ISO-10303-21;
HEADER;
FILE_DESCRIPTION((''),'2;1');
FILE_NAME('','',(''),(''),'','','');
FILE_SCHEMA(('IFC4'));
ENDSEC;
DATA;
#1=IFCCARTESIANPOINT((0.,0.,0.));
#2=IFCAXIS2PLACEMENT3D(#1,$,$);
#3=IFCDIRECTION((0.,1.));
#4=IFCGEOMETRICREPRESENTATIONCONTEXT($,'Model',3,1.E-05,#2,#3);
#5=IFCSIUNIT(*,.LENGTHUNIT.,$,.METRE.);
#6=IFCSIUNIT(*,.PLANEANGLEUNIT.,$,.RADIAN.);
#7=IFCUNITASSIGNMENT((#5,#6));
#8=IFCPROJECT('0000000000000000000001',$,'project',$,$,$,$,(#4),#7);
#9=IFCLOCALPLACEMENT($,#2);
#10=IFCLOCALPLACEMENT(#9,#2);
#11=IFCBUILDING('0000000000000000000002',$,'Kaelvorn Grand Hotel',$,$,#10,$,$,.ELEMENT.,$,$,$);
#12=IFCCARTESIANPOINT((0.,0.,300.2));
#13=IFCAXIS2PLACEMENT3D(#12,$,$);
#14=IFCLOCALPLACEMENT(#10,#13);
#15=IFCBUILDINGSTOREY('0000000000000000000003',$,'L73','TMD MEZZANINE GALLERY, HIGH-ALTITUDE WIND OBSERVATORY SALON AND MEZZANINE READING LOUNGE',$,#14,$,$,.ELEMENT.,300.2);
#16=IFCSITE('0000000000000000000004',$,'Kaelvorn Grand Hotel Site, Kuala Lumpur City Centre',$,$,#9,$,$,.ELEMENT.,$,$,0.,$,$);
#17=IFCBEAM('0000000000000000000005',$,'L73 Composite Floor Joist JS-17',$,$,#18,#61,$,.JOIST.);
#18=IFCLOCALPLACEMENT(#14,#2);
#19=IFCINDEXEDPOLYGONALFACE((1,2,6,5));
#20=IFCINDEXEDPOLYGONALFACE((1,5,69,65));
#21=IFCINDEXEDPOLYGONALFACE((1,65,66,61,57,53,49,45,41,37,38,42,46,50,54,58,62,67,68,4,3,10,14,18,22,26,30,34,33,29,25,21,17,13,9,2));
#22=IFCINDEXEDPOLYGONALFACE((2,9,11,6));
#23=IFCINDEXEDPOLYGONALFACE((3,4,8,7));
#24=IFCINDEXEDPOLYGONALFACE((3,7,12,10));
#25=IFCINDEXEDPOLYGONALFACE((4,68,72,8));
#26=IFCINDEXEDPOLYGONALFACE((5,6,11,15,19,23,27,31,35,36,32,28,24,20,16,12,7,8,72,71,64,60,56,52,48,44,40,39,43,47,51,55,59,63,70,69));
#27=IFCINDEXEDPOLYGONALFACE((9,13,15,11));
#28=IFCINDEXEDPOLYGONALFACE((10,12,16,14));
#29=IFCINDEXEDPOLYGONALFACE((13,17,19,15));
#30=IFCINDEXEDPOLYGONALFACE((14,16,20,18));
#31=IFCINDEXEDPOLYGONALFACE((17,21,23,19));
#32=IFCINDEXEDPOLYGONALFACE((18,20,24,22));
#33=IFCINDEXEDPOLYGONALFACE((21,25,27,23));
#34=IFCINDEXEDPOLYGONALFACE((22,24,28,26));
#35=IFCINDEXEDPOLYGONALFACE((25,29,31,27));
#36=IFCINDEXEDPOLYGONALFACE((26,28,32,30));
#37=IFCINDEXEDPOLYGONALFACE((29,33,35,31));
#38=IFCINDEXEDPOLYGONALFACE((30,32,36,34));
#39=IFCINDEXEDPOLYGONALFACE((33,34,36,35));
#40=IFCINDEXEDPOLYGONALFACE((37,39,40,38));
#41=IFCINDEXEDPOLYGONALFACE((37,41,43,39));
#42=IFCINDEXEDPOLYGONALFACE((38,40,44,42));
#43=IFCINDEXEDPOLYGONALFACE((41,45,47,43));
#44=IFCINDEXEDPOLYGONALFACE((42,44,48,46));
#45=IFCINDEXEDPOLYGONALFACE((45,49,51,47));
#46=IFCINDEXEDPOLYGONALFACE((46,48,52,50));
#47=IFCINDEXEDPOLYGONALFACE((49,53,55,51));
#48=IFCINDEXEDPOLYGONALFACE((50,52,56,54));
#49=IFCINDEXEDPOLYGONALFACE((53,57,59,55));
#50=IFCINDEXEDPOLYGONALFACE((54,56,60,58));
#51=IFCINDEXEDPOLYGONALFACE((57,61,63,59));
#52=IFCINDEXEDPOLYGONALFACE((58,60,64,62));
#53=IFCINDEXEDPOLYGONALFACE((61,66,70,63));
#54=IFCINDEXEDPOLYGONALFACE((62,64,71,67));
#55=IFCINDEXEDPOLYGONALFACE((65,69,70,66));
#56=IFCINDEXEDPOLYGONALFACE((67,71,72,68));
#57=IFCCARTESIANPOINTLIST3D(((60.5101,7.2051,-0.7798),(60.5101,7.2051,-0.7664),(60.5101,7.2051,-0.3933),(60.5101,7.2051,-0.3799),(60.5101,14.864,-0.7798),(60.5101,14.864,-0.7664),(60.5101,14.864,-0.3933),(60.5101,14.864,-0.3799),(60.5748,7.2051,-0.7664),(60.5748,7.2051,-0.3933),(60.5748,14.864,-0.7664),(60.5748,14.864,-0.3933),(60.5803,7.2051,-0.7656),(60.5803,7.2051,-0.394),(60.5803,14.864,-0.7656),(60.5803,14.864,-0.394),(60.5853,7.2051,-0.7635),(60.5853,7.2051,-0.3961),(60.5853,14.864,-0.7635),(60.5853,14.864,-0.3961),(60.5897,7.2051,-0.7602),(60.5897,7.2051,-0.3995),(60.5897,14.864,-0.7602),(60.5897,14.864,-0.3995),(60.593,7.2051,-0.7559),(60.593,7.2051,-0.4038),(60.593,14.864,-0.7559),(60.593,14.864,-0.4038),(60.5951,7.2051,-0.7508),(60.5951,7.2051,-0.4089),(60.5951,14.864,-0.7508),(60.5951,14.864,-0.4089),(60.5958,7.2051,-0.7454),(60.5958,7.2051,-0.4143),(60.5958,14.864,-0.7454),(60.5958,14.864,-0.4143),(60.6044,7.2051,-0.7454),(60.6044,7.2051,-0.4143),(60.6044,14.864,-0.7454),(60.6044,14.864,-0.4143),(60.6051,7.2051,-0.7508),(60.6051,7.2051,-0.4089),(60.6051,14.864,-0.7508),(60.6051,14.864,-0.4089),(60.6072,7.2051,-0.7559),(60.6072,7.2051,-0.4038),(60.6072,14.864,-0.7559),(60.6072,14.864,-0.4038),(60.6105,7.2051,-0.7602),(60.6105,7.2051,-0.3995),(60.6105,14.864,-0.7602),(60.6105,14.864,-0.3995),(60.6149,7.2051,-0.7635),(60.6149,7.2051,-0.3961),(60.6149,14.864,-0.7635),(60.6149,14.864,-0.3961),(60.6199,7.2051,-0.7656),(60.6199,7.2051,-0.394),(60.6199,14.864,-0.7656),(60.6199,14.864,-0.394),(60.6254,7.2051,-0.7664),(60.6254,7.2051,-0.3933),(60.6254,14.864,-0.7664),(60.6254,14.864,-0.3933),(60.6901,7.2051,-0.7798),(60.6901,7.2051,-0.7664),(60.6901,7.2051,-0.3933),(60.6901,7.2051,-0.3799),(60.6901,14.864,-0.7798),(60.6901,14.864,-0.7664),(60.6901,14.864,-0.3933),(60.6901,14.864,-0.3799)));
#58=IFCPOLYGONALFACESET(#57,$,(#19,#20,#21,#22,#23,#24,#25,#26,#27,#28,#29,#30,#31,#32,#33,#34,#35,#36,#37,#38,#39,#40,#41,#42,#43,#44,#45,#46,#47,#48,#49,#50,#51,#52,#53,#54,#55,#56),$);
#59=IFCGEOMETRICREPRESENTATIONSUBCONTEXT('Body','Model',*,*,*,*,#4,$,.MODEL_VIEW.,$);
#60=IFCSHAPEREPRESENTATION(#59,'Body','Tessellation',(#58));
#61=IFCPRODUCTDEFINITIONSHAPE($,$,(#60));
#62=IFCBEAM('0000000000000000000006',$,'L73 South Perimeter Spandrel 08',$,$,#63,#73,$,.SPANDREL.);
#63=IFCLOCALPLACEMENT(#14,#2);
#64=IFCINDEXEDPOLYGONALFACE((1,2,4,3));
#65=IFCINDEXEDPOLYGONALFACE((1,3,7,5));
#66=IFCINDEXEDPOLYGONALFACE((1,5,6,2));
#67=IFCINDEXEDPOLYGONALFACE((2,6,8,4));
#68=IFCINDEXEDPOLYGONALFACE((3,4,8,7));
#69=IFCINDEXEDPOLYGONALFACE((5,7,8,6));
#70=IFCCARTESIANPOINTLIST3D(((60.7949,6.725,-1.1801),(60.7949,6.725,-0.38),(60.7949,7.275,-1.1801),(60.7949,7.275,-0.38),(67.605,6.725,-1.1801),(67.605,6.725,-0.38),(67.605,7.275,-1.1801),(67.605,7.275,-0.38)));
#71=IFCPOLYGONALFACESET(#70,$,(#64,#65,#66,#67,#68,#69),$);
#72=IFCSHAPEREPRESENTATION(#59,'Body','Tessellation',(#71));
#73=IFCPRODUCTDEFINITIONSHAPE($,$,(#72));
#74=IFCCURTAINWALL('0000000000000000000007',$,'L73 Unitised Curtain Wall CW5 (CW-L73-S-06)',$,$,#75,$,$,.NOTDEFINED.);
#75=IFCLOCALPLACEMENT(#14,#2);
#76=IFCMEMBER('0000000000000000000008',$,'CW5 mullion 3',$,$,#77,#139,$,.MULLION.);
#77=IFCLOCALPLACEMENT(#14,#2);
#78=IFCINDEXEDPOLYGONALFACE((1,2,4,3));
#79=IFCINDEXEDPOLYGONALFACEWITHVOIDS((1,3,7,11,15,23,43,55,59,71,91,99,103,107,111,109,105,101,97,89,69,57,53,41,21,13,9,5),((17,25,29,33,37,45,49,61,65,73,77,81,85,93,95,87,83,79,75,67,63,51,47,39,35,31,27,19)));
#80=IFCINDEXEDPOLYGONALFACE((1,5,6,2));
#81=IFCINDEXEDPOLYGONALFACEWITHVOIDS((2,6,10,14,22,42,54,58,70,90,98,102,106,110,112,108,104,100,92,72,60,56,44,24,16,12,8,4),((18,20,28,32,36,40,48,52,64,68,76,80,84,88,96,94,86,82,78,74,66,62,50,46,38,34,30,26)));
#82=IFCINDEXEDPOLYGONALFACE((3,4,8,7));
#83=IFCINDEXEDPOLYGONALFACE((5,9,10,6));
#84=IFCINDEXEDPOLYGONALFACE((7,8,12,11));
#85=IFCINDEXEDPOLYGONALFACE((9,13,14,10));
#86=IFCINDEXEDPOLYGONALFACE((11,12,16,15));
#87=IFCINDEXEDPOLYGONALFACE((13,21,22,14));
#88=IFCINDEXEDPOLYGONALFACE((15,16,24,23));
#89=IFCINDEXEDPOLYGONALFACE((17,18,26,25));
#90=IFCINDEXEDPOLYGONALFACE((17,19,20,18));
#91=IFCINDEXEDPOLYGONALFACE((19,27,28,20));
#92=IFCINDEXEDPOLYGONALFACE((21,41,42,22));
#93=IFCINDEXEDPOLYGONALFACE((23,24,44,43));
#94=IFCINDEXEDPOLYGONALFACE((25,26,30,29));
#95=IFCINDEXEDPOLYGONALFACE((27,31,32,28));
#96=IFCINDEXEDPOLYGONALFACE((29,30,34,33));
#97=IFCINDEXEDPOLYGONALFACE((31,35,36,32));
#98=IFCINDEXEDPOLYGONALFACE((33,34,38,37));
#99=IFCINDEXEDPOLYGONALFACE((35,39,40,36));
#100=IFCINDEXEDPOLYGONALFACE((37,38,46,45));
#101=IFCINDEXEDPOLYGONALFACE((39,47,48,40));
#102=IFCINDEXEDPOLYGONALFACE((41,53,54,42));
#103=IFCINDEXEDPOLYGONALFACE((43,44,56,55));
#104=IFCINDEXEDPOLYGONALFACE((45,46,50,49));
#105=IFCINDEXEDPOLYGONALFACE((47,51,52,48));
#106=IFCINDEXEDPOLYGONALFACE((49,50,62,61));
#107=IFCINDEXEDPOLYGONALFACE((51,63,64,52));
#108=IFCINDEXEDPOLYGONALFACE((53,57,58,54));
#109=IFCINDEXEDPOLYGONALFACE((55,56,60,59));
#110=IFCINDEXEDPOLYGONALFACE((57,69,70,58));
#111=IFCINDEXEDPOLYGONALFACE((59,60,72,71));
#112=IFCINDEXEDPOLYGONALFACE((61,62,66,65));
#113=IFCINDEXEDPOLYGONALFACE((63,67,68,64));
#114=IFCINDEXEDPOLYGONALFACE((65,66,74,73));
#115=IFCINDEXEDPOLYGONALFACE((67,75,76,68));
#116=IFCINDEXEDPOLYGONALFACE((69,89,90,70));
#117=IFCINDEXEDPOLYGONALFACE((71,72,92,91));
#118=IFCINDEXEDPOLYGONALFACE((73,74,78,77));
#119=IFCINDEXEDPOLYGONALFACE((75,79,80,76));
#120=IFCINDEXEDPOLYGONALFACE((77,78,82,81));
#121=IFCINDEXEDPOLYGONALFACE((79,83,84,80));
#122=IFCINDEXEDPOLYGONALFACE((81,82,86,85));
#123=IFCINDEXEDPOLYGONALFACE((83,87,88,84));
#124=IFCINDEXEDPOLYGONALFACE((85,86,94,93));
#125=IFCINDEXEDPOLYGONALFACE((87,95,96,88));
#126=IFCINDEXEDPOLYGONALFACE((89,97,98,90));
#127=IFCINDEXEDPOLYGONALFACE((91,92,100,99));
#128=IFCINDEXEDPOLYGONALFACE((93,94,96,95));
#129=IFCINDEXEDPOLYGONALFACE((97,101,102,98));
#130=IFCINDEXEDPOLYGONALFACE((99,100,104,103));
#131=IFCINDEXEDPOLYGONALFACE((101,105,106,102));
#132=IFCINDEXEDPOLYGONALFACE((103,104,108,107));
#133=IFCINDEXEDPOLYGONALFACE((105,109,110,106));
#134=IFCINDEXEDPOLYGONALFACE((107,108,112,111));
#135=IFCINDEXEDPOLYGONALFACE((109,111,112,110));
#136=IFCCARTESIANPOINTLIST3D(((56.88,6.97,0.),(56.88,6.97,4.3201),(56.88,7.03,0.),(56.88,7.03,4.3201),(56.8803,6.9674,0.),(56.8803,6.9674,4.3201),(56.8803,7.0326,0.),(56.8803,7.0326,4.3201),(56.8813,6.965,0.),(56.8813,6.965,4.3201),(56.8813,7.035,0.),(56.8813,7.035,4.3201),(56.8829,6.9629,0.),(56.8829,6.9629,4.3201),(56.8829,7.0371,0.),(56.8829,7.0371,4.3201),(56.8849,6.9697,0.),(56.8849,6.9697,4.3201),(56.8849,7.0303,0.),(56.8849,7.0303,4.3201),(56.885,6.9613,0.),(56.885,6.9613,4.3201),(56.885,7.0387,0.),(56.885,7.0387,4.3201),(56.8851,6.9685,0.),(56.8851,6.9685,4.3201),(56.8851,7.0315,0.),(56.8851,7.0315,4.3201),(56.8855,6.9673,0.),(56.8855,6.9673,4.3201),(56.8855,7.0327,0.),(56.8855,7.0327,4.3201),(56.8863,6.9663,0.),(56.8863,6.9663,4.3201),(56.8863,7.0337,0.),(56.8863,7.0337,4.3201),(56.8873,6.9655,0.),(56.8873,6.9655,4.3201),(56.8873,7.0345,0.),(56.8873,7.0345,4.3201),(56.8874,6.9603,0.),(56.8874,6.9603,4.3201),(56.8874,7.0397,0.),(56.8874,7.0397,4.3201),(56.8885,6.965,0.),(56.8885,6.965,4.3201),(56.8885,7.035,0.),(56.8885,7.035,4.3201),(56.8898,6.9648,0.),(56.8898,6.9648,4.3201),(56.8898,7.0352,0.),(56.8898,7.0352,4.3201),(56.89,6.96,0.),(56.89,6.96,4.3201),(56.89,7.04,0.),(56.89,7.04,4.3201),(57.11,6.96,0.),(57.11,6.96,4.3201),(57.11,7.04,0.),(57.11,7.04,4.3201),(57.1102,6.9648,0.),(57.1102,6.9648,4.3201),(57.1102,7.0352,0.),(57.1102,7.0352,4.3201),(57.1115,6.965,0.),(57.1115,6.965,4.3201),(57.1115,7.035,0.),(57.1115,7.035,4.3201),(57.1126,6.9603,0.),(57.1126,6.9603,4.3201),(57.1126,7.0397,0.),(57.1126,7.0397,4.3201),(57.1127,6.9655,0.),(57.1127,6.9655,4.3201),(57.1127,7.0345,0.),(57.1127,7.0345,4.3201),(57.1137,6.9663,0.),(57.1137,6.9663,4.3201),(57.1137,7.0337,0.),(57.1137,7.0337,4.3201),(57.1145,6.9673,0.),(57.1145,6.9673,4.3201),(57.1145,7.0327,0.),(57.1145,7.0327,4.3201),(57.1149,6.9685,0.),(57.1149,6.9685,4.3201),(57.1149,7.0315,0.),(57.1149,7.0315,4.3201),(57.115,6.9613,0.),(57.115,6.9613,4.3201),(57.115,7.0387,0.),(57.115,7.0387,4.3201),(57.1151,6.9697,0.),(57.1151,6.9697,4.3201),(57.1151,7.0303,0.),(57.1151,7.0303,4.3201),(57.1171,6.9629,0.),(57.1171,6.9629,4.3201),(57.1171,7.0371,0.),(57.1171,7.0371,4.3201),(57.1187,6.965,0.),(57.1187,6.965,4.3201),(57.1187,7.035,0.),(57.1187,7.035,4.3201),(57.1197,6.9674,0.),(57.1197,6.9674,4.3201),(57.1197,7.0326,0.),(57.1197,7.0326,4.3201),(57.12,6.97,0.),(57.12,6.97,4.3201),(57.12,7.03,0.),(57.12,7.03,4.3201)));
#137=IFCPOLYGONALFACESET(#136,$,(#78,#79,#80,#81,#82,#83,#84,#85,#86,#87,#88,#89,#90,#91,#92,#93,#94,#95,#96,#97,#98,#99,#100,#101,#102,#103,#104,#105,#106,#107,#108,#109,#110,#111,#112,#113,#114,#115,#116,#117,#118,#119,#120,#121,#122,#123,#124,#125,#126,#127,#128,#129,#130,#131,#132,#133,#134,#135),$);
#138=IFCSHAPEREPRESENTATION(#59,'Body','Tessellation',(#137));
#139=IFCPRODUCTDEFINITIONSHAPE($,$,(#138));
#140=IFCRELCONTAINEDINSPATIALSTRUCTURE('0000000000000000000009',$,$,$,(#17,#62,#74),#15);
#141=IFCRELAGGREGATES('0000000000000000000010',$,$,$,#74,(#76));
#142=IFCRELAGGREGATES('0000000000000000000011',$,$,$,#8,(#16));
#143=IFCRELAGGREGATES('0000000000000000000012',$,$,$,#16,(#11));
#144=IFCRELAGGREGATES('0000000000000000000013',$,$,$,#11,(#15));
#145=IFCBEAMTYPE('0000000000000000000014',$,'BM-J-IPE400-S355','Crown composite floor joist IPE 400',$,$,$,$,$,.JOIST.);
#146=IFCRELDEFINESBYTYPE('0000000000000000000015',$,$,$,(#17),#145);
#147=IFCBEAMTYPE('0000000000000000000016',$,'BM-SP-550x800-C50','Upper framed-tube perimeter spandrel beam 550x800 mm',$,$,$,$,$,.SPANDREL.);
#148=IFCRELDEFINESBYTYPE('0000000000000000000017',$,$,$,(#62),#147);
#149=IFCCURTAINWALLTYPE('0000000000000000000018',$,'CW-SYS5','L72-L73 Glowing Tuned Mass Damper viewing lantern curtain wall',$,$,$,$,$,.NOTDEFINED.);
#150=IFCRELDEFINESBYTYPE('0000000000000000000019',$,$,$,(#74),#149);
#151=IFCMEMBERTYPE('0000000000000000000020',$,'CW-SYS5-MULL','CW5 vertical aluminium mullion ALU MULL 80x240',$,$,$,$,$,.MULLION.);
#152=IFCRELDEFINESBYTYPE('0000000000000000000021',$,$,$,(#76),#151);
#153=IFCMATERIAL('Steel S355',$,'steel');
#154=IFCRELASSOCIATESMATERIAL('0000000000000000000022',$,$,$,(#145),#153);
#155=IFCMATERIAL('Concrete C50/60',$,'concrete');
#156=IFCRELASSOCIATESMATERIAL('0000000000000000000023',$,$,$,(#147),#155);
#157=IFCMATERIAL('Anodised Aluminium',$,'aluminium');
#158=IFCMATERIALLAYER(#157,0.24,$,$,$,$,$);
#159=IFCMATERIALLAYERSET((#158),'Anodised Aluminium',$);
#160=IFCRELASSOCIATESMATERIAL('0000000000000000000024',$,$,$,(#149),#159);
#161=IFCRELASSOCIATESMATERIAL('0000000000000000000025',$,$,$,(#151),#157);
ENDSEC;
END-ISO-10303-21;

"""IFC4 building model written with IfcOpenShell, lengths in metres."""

from ifc_helpers import new_model, si_unit, direction, frame, origin, origin_2d, place, context, subcontext, project, spatial, rectangle, hollow_rectangle, i_section, extrude, material, layer, layer_set, material_profile, profile_set, type_object, element, aggregate, save


model = new_model("IFC4")

# Units and contexts
model_context = context("Model", 3, precision=1e-05, world=origin(), true_north=direction((0.0, 1.0)))
body_context = subcontext(model_context, "Body", "Model", "MODEL_VIEW")
ifc_project = project(units=[si_unit("LENGTHUNIT", "METRE"), si_unit("PLANEANGLEUNIT", "RADIAN")], contexts=[model_context])

# Site, building, storey
site_placement = place(None, origin())
site = spatial("IfcSite", under=ifc_project, at=site_placement, Name="Kaelvorn Grand Hotel Site, Kuala Lumpur City Centre", CompositionType="ELEMENT", RefElevation=0.0)
building_placement = place(site_placement, origin())
building = spatial("IfcBuilding", under=site, at=building_placement, Name="Kaelvorn Grand Hotel", CompositionType="ELEMENT")
storey_placement = place(building_placement, frame((0.0, 0.0, 300.2)))
storey = spatial("IfcBuildingStorey", under=building, at=storey_placement, Name="L73", Description="TMD MEZZANINE GALLERY, HIGH-ALTITUDE WIND OBSERVATORY SALON AND MEZZANINE READING LOUNGE", CompositionType="ELEMENT", Elevation=300.2)

# Beams
ifc_material_1 = material(Name="Steel S355", Category="steel")
ifc_material_profile_1 = material_profile(ifc_material_1, i_section(OverallWidth=0.1799, OverallDepth=0.3999, WebThickness=0.0085, FlangeThickness=0.0134, FilletRadius=0.021, at=origin_2d()), Name="IPE 400")
ifc_profile_set_1 = profile_set([ifc_material_profile_1], Name="Steel S355")
beam_type_1 = type_object("IfcBeamType", Name="BM-J-IPE400-S355", Description="Crown composite floor joist IPE 400", PredefinedType="JOIST", material=ifc_profile_set_1)
beam_1_placement = place(storey_placement, frame((60.6001, 7.2051, -0.5798), z_axis=(0.0, 1.0, 0.0), x_axis=(-1.0, 0.0, 0.0)))
element("IfcBeam", 1, at=beam_1_placement, inside=storey, type_object=beam_type_1, Name="L73 Composite Floor Joist JS-17", PredefinedType="JOIST", context=body_context, shape_type="SweptSolid", body=[
    extrude(i_section(OverallWidth=0.1799, OverallDepth=0.3999, WebThickness=0.0085, FlangeThickness=0.0134, FilletRadius=0.021, at=origin_2d()), origin(), (0.0, 0.0, 1.0), 7.6589),
])
ifc_material_2 = material(Name="Concrete C50/60", Category="concrete")
ifc_material_profile_2 = material_profile(ifc_material_2, rectangle(XDim=0.55, YDim=0.8, at=origin_2d()), Name="RC SPANDREL 550x800")
ifc_profile_set_2 = profile_set([ifc_material_profile_2], Name="Concrete C50/60")
beam_type_2 = type_object("IfcBeamType", Name="BM-SP-550x800-C50", Description="Upper framed-tube perimeter spandrel beam 550x800 mm", PredefinedType="SPANDREL", material=ifc_profile_set_2)
beam_2_placement = place(storey_placement, frame((60.7949, 7.0, -0.78), z_axis=(1.0, 0.0, 0.0), x_axis=(0.0, 1.0, 0.0)))
element("IfcBeam", 2, at=beam_2_placement, inside=storey, type_object=beam_type_2, Name="L73 South Perimeter Spandrel 08", PredefinedType="SPANDREL", context=body_context, shape_type="SweptSolid", body=[
    extrude(rectangle(XDim=0.55, YDim=0.8, at=origin_2d()), origin(), (0.0, 0.0, 1.0), 6.8101),
])

# Curtain wall, member
ifc_material_3 = material(Name="Anodised Aluminium", Category="aluminium")
ifc_layer_1 = layer(ifc_material_3, 0.24)
ifc_layer_set_1 = layer_set([ifc_layer_1], Name="Anodised Aluminium")
curtain_wall_type = type_object("IfcCurtainWallType", Name="CW-SYS5", Description="L72-L73 Glowing Tuned Mass Damper viewing lantern curtain wall", PredefinedType="NOTDEFINED", material=ifc_layer_set_1)
curtain_wall_1_placement = place(storey_placement, origin())
curtain_wall_1 = element("IfcCurtainWall", 3, at=curtain_wall_1_placement, inside=storey, type_object=curtain_wall_type, Name="L73 Unitised Curtain Wall CW5 (CW-L73-S-06)", PredefinedType="NOTDEFINED")
ifc_material_profile_3 = material_profile(ifc_material_3, hollow_rectangle(XDim=0.0801, YDim=0.24, WallThickness=0.0049, InnerFilletRadius=0.0049, OuterFilletRadius=0.01, at=origin_2d()), Name="ALU MULL 80x240")
ifc_profile_set_3 = profile_set([ifc_material_profile_3], Name="Anodised Aluminium")
member_type_1 = type_object("IfcMemberType", Name="CW-SYS5-MULL", Description="CW5 vertical aluminium mullion ALU MULL 80x240", PredefinedType="MULLION", material=ifc_profile_set_3)
member_1_placement = place(storey_placement, frame((57.0, 7.0, 0.0), z_axis=(0.0, 0.0, 1.0), x_axis=(0.0, 1.0, 0.0)))
member_1 = element("IfcMember", 4, at=member_1_placement, type_object=member_type_1, Name="CW5 mullion 3", PredefinedType="MULLION", context=body_context, shape_type="SweptSolid", body=[
    extrude(hollow_rectangle(XDim=0.0801, YDim=0.24, WallThickness=0.0049, InnerFilletRadius=0.0049, OuterFilletRadius=0.01, at=origin_2d()), origin(), (0.0, 0.0, 1.0), 4.3201),
])

aggregate(curtain_wall_1, [member_1])

save(model, "model.ifc")
